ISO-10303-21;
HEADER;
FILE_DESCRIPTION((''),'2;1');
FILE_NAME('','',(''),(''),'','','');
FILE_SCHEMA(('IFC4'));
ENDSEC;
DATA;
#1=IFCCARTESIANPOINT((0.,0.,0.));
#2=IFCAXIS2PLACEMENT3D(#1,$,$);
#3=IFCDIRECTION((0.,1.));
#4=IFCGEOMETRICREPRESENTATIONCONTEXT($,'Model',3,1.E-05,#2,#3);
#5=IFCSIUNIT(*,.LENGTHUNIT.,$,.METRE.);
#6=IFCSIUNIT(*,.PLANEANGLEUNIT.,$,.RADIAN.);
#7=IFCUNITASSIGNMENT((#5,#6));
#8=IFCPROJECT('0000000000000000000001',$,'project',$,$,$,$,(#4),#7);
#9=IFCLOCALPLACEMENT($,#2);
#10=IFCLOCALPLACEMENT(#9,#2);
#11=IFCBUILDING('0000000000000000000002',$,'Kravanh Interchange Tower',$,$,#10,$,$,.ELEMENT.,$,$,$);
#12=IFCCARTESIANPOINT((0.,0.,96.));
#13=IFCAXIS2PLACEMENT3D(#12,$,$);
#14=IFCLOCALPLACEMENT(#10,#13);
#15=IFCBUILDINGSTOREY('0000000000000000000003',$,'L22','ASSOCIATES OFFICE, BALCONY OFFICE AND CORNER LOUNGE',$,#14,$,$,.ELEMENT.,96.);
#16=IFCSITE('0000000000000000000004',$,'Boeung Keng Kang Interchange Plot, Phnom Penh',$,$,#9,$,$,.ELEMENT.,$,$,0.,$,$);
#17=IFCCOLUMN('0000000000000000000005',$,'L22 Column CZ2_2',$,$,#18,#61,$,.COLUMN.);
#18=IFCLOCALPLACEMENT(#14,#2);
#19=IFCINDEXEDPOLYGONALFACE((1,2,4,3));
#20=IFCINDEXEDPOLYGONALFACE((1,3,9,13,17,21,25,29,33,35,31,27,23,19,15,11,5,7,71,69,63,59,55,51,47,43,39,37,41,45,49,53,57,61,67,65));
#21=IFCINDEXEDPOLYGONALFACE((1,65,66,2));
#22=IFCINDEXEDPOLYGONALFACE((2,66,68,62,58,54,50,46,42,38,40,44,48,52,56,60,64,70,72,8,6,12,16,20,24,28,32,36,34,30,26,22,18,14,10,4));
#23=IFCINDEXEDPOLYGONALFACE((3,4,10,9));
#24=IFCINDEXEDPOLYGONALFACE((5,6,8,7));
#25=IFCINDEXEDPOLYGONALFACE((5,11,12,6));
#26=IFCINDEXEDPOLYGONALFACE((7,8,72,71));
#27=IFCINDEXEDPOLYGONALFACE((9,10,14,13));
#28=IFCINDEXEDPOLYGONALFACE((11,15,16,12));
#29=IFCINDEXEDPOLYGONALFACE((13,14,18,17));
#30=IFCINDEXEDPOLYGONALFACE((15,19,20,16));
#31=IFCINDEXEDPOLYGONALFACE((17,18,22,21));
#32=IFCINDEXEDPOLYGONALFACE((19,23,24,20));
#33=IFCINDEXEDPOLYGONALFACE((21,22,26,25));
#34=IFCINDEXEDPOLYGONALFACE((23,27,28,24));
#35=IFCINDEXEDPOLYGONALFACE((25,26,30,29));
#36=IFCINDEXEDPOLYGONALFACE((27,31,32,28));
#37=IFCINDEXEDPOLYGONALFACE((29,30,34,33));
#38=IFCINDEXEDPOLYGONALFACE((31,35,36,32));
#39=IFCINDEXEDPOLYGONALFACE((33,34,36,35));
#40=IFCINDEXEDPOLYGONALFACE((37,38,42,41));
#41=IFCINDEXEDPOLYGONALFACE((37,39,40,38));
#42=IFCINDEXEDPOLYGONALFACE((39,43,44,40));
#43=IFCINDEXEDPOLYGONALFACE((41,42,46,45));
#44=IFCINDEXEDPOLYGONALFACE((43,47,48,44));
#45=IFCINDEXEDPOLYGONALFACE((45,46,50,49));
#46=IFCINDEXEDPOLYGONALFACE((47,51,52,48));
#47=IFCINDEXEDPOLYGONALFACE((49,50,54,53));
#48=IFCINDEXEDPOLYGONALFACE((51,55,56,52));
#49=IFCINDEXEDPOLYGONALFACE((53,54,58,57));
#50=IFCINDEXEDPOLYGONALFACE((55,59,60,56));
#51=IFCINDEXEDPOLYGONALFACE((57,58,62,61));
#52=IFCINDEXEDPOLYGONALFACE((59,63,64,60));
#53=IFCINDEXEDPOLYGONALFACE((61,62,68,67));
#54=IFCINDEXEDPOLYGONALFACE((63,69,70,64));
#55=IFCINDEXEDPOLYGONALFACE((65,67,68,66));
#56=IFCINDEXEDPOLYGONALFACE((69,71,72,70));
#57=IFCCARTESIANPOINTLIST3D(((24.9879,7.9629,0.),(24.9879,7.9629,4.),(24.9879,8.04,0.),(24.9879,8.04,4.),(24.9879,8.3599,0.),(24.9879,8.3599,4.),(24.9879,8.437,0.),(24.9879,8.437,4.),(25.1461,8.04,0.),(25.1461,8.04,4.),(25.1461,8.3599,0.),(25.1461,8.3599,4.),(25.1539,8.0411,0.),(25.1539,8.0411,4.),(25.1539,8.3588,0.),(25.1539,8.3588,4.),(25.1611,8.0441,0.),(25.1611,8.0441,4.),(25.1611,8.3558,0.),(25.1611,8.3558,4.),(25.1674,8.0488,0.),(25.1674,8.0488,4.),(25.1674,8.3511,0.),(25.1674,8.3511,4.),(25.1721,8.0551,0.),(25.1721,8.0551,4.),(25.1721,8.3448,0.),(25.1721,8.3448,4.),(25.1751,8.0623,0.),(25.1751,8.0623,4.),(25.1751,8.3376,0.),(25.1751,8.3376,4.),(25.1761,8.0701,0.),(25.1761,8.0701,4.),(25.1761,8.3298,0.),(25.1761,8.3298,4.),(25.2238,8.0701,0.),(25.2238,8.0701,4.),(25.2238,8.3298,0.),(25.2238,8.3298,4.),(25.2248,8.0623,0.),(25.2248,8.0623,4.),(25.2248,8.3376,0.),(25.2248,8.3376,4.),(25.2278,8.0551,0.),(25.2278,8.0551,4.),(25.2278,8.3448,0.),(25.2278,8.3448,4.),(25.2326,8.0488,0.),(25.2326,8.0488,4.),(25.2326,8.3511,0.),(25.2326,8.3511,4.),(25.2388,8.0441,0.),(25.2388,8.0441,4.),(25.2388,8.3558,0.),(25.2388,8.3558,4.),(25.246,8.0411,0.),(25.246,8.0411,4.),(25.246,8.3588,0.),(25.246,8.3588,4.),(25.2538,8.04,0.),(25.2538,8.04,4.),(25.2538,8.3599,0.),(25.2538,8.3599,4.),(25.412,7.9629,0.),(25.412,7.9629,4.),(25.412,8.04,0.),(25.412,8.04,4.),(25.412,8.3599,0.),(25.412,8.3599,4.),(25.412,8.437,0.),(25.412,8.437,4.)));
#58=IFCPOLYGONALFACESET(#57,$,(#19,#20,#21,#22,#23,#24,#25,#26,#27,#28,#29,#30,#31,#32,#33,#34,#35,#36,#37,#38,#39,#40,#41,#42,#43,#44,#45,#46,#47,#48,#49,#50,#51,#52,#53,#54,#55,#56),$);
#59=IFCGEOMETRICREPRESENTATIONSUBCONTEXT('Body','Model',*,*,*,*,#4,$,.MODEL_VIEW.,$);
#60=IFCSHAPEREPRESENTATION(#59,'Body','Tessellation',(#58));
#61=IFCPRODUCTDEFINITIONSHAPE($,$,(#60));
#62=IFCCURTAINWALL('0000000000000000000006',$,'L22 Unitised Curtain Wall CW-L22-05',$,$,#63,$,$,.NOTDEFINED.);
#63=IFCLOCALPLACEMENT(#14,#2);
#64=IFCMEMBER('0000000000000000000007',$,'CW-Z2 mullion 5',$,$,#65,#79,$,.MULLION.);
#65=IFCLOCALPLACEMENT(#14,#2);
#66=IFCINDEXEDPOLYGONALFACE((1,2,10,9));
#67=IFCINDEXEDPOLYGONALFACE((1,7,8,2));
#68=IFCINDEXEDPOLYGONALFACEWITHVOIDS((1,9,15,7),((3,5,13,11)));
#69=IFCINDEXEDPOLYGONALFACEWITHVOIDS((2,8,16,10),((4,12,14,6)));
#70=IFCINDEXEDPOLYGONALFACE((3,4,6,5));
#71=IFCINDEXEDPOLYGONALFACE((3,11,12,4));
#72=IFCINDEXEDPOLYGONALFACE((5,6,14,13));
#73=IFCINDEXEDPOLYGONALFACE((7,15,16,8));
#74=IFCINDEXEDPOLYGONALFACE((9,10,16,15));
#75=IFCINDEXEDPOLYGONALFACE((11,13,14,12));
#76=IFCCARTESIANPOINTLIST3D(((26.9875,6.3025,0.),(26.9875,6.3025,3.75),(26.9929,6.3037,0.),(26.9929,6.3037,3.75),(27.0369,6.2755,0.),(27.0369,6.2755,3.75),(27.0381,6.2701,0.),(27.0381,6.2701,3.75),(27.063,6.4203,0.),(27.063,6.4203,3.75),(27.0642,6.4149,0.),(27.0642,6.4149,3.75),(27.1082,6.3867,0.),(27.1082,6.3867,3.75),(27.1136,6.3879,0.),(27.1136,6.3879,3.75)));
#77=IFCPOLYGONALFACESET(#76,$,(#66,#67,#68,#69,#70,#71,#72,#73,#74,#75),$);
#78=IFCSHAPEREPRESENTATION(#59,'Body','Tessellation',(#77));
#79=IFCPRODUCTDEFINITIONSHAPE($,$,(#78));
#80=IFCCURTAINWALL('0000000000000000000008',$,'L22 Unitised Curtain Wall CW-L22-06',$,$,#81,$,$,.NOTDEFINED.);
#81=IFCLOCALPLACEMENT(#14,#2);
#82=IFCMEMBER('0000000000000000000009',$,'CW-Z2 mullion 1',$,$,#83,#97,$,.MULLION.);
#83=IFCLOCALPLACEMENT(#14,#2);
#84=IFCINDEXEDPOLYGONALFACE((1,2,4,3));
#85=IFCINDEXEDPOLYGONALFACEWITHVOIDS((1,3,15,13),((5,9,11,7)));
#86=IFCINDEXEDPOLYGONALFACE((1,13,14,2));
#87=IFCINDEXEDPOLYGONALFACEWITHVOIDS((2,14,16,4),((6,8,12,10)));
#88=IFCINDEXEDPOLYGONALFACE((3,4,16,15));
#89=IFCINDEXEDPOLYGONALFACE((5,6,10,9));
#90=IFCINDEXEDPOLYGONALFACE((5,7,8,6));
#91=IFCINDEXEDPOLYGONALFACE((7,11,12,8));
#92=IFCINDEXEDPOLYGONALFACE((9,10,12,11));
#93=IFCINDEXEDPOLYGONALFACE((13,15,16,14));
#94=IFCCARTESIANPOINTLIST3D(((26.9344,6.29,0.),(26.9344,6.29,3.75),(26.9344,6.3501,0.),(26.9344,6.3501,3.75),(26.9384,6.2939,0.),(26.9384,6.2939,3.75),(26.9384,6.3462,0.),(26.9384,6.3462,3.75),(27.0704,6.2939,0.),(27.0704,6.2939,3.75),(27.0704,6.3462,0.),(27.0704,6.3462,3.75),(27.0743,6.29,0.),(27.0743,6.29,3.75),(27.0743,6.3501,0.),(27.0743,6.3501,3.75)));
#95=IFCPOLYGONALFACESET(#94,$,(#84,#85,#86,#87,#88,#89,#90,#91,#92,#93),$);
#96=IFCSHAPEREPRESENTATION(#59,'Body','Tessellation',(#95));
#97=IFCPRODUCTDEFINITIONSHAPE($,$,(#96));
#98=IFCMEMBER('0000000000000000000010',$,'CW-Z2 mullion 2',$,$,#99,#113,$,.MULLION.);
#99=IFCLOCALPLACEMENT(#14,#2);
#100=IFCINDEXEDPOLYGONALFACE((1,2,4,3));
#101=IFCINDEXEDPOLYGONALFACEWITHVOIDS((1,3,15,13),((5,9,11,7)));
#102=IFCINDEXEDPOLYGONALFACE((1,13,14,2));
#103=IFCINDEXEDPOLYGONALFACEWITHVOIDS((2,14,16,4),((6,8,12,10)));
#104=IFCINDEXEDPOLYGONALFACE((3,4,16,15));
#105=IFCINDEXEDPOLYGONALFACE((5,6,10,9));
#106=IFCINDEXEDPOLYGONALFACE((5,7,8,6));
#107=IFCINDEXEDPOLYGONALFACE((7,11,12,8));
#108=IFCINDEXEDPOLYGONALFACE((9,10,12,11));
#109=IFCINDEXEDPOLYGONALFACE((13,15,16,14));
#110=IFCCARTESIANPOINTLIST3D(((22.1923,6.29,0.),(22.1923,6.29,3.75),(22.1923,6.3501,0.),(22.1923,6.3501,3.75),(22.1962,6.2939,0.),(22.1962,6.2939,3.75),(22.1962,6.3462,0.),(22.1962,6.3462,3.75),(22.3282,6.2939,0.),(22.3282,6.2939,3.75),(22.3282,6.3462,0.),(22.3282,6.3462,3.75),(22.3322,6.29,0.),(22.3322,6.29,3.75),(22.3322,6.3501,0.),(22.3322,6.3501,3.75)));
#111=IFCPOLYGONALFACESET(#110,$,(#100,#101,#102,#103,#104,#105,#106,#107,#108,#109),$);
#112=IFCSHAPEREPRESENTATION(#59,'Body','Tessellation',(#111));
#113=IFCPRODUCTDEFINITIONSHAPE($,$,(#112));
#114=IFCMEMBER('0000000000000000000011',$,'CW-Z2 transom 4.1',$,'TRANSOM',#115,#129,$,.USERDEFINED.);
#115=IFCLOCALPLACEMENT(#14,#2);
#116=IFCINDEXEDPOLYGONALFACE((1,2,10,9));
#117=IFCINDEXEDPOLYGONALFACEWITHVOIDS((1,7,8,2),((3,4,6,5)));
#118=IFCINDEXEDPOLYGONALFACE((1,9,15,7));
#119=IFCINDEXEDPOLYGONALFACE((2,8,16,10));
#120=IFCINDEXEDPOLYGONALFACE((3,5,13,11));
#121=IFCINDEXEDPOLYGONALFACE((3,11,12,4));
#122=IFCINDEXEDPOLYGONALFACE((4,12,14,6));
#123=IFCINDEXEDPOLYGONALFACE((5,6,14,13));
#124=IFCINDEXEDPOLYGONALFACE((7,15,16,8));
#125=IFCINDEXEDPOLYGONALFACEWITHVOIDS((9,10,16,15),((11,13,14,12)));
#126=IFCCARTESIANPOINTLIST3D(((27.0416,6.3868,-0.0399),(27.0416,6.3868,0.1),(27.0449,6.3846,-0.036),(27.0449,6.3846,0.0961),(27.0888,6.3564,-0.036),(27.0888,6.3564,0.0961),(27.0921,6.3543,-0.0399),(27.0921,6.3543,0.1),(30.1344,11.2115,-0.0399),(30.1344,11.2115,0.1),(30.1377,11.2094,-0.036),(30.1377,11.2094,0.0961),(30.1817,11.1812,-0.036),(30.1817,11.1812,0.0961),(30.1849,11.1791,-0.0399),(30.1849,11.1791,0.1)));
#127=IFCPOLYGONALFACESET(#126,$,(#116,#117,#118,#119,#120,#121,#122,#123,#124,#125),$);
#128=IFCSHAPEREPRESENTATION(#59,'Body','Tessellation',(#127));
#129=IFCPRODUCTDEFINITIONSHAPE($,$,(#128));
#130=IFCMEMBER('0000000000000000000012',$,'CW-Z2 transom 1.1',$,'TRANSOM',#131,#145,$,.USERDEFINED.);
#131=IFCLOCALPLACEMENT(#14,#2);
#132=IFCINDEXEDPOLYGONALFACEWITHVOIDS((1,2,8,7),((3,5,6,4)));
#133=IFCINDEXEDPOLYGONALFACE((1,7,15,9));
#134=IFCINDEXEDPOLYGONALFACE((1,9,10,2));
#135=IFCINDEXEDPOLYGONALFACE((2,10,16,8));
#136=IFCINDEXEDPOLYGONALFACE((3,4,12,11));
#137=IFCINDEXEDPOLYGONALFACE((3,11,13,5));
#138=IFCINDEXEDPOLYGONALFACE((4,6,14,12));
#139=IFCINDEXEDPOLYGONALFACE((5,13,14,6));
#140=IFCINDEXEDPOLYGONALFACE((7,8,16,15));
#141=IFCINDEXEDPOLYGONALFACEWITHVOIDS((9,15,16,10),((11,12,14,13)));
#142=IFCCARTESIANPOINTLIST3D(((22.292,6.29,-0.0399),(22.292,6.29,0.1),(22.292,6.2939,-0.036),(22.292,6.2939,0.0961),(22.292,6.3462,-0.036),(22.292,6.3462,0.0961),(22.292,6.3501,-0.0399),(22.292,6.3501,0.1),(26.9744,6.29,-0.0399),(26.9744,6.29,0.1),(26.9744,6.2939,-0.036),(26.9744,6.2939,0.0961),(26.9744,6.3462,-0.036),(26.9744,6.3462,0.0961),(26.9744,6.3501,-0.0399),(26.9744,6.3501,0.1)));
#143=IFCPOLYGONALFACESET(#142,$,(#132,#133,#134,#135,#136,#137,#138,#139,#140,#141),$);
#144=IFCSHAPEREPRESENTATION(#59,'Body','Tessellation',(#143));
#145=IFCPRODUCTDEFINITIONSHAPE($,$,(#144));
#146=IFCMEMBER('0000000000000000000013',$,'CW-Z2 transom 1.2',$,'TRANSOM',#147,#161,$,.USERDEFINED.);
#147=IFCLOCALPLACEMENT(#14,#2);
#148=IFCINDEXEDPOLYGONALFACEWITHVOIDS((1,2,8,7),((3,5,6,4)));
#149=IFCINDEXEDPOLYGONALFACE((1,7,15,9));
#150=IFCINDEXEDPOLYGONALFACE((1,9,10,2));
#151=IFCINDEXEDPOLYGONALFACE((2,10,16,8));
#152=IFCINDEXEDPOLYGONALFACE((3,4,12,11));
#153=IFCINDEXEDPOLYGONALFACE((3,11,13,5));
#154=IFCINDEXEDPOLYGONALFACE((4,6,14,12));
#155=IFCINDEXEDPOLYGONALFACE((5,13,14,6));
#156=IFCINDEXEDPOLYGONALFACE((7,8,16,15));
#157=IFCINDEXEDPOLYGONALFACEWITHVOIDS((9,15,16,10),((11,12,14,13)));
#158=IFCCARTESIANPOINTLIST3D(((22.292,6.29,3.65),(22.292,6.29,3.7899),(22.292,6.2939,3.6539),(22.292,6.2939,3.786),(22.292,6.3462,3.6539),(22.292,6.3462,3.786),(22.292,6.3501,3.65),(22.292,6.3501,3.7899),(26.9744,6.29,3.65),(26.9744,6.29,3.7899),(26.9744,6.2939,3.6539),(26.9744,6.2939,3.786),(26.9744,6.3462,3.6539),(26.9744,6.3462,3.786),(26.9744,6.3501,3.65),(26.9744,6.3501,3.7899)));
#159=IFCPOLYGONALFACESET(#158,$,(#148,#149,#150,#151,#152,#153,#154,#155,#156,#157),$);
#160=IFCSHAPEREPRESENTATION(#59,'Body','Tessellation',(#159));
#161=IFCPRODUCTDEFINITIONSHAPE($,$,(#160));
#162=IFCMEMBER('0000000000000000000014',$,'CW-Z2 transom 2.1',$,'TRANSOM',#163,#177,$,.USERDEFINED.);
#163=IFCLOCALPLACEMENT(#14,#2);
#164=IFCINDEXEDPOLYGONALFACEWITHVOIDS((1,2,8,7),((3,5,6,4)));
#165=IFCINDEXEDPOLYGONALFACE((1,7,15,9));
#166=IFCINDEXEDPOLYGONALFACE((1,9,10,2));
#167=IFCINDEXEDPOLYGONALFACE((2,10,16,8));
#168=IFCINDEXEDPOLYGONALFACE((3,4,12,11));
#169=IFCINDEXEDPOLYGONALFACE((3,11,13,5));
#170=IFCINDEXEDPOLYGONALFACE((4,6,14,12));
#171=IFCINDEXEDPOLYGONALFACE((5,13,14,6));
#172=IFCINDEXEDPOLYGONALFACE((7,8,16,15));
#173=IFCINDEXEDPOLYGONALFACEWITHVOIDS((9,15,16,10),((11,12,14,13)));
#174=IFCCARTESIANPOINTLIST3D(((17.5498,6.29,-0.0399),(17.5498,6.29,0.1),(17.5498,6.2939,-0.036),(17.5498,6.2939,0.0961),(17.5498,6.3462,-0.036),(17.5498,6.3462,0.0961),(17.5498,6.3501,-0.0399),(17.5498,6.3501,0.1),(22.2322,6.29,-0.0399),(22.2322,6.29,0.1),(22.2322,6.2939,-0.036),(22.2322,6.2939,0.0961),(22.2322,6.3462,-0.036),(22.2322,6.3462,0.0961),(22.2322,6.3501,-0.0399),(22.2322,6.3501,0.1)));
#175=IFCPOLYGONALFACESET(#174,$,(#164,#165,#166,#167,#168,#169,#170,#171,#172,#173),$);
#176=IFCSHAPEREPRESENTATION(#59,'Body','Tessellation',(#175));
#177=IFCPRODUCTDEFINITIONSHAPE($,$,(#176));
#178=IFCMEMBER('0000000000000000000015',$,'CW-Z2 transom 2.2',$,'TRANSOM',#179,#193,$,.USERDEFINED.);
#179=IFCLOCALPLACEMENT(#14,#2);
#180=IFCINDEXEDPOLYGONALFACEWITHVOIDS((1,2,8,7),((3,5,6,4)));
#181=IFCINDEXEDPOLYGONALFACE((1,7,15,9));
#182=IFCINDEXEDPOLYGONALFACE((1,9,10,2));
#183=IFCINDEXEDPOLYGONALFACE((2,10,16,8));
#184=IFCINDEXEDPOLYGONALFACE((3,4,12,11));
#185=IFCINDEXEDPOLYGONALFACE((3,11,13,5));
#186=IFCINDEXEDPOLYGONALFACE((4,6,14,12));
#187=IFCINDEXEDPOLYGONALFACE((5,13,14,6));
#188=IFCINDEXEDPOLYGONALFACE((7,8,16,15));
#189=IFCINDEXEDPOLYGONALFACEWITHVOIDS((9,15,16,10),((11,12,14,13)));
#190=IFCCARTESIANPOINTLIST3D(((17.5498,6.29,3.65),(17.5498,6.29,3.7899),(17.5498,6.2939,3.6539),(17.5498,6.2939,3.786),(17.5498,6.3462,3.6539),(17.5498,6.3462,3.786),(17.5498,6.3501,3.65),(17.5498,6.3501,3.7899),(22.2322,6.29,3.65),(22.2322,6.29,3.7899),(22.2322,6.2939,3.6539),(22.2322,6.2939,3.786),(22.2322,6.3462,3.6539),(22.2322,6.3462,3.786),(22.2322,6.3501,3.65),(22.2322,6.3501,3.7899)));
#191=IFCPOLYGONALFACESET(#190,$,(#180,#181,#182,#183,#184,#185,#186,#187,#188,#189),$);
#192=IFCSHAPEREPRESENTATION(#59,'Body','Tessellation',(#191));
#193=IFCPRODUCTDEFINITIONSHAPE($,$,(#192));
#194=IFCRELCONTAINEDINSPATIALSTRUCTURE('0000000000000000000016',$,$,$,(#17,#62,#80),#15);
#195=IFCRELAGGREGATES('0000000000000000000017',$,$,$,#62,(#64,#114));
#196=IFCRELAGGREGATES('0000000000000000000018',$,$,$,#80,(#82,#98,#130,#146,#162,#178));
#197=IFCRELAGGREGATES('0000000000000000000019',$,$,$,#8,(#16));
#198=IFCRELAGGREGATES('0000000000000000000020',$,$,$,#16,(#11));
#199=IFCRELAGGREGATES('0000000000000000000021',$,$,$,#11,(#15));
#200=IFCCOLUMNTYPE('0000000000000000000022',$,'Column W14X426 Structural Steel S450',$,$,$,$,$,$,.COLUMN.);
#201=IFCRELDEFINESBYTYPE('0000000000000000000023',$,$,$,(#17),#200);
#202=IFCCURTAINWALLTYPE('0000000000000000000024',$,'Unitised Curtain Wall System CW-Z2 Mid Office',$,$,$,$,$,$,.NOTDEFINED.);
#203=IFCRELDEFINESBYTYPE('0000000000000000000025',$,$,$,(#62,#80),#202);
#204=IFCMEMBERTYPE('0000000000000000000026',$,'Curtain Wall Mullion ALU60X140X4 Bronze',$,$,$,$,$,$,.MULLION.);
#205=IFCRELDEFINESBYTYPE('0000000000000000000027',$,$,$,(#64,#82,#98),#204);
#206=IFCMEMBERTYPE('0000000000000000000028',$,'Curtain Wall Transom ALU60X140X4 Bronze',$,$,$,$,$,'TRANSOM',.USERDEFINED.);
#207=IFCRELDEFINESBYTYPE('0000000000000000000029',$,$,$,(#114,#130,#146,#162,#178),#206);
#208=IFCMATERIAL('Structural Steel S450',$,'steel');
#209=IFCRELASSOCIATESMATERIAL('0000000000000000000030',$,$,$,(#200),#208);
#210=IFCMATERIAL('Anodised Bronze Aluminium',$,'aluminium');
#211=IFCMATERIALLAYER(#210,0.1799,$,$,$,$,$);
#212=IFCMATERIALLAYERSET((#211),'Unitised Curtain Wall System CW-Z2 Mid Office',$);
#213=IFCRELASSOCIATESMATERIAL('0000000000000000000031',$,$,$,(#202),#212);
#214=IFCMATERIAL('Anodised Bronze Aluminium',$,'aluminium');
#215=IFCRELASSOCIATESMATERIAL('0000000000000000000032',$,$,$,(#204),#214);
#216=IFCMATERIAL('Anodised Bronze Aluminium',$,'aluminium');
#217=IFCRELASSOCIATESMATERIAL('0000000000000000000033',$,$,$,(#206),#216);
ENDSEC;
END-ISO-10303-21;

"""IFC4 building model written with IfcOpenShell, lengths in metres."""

from ifc_helpers import new_model, si_unit, direction, frame, origin, origin_2d, place, context, subcontext, project, spatial, hollow_rectangle, i_section, extrude, material, layer, layer_set, material_profile, profile_set, type_object, element, aggregate, save


model = new_model("IFC4")

# Units and contexts
model_context = context("Model", 3, precision=1e-05, world=origin(), true_north=direction((0.0, 1.0)))
body_context = subcontext(model_context, "Body", "Model", "MODEL_VIEW")
ifc_project = project(units=[si_unit("LENGTHUNIT", "METRE"), si_unit("PLANEANGLEUNIT", "RADIAN")], contexts=[model_context])

# Site, building, storey
site_placement = place(None, origin())
site = spatial("IfcSite", under=ifc_project, at=site_placement, Name="Boeung Keng Kang Interchange Plot, Phnom Penh", CompositionType="ELEMENT", RefElevation=0.0)
building_placement = place(site_placement, origin())
building = spatial("IfcBuilding", under=site, at=building_placement, Name="Kravanh Interchange Tower", CompositionType="ELEMENT")
storey_placement = place(building_placement, frame((0.0, 0.0, 96.0)))
storey = spatial("IfcBuildingStorey", under=building, at=storey_placement, Name="L22", Description="ASSOCIATES OFFICE, BALCONY OFFICE AND CORNER LOUNGE", CompositionType="ELEMENT", Elevation=96.0)

# Column
ifc_material_1 = material(Name="Structural Steel S450", Category="steel")
ifc_material_profile_1 = material_profile(ifc_material_1, i_section(OverallWidth=0.4241, OverallDepth=0.4741, WebThickness=0.0476, FlangeThickness=0.0771, FilletRadius=0.03, at=origin_2d()), Name="W14X426")
ifc_profile_set_1 = profile_set([ifc_material_profile_1], Name="Structural Steel S450")
column_type = type_object("IfcColumnType", Name="Column W14X426 Structural Steel S450", PredefinedType="COLUMN", material=ifc_profile_set_1)
column_placement = place(storey_placement, frame((25.2, 8.2, 0.0), z_axis=(0.0, 0.0, 1.0), x_axis=(1.0, 0.0, 0.0)))
element("IfcColumn", 1, at=column_placement, inside=storey, type_object=column_type, Name="L22 Column CZ2_2", PredefinedType="COLUMN", context=body_context, shape_type="SweptSolid", body=[
    extrude(i_section(OverallWidth=0.4241, OverallDepth=0.4741, WebThickness=0.0476, FlangeThickness=0.0771, FilletRadius=0.03, at=origin_2d()), origin(), (0.0, 0.0, 1.0), 4.0),
])

# Curtain wall, member
ifc_material_2 = material(Name="Anodised Bronze Aluminium", Category="aluminium")
ifc_layer_1 = layer(ifc_material_2, 0.1799)
ifc_layer_set_1 = layer_set([ifc_layer_1], Name="Unitised Curtain Wall System CW-Z2 Mid Office")
curtain_wall_type = type_object("IfcCurtainWallType", Name="Unitised Curtain Wall System CW-Z2 Mid Office", PredefinedType="NOTDEFINED", material=ifc_layer_set_1)
curtain_wall_1_placement = place(storey_placement, origin())
curtain_wall_1 = element("IfcCurtainWall", 2, at=curtain_wall_1_placement, inside=storey, type_object=curtain_wall_type, Name="L22 Unitised Curtain Wall CW-L22-05", PredefinedType="NOTDEFINED")
ifc_material_3 = material(Name="Anodised Bronze Aluminium", Category="aluminium")
ifc_material_profile_2 = material_profile(ifc_material_3, hollow_rectangle(XDim=0.0601, YDim=0.1399, WallThickness=0.0039, at=origin_2d()), Name="ALU60X140X4")
ifc_profile_set_2 = profile_set([ifc_material_profile_2], Name="Anodised Bronze Aluminium")
member_type_1 = type_object("IfcMemberType", Name="Curtain Wall Mullion ALU60X140X4 Bronze", PredefinedType="MULLION", material=ifc_profile_set_2)
member_1_placement = place(storey_placement, frame((27.0505, 6.3452, 0.0), z_axis=(0.0, 0.0, 1.0), x_axis=(0.84188, -0.539665, 0.0)))
member_1 = element("IfcMember", 3, at=member_1_placement, type_object=member_type_1, Name="CW-Z2 mullion 5", PredefinedType="MULLION", context=body_context, shape_type="SweptSolid", body=[
    extrude(hollow_rectangle(XDim=0.0601, YDim=0.1399, WallThickness=0.0039, at=origin_2d()), origin(), (0.0, 0.0, 1.0), 3.75),
])

# Curtain wall, members
curtain_wall_2_placement = place(storey_placement, origin())
curtain_wall_2 = element("IfcCurtainWall", 4, at=curtain_wall_2_placement, inside=storey, type_object=curtain_wall_type, Name="L22 Unitised Curtain Wall CW-L22-06", PredefinedType="NOTDEFINED")
member_2_placement = place(storey_placement, frame((27.0044, 6.3201, 0.0), z_axis=(0.0, 0.0, 1.0), x_axis=(0.0, -1.0, 0.0)))
member_2 = element("IfcMember", 5, at=member_2_placement, type_object=member_type_1, Name="CW-Z2 mullion 1", PredefinedType="MULLION", context=body_context, shape_type="SweptSolid", body=[
    extrude(hollow_rectangle(XDim=0.0601, YDim=0.1399, WallThickness=0.0039, at=origin_2d()), origin(), (0.0, 0.0, 1.0), 3.75),
])
member_3_placement = place(storey_placement, frame((22.2622, 6.3201, 0.0), z_axis=(0.0, 0.0, 1.0), x_axis=(0.0, -1.0, 0.0)))
member_3 = element("IfcMember", 6, at=member_3_placement, type_object=member_type_1, Name="CW-Z2 mullion 2", PredefinedType="MULLION", context=body_context, shape_type="SweptSolid", body=[
    extrude(hollow_rectangle(XDim=0.0601, YDim=0.1399, WallThickness=0.0039, at=origin_2d()), origin(), (0.0, 0.0, 1.0), 3.75),
])

# Members
ifc_material_4 = material(Name="Anodised Bronze Aluminium", Category="aluminium")
ifc_material_profile_3 = material_profile(ifc_material_4, hollow_rectangle(XDim=0.0601, YDim=0.1399, WallThickness=0.0039, at=origin_2d()), Name="ALU60X140X4")
ifc_profile_set_3 = profile_set([ifc_material_profile_3], Name="Anodised Bronze Aluminium")
member_type_2 = type_object("IfcMemberType", Name="Curtain Wall Transom ALU60X140X4 Bronze", ElementType="TRANSOM", PredefinedType="USERDEFINED", material=ifc_profile_set_3)
member_4_placement = place(storey_placement, frame((30.1597, 11.1953, 0.03), z_axis=(-0.539668, -0.841878, 0.0), x_axis=(0.841878, -0.539668, 0.0)))
member_4 = element("IfcMember", 7, at=member_4_placement, type_object=member_type_2, Name="CW-Z2 transom 4.1", ObjectType="TRANSOM", PredefinedType="USERDEFINED", context=body_context, shape_type="SweptSolid", body=[
    extrude(hollow_rectangle(XDim=0.0601, YDim=0.1399, WallThickness=0.0039, at=origin_2d()), origin(), (0.0, 0.0, 1.0), 5.731),
])
member_5_placement = place(storey_placement, frame((26.9744, 6.3201, 0.03), z_axis=(-1.0, 0.0, 0.0), x_axis=(0.0, -1.0, 0.0)))
member_5 = element("IfcMember", 8, at=member_5_placement, type_object=member_type_2, Name="CW-Z2 transom 1.1", ObjectType="TRANSOM", PredefinedType="USERDEFINED", context=body_context, shape_type="SweptSolid", body=[
    extrude(hollow_rectangle(XDim=0.0601, YDim=0.1399, WallThickness=0.0039, at=origin_2d()), origin(), (0.0, 0.0, 1.0), 4.6824),
])
member_6_placement = place(storey_placement, frame((26.9744, 6.3201, 3.72), z_axis=(-1.0, 0.0, 0.0), x_axis=(0.0, -1.0, 0.0)))
member_6 = element("IfcMember", 9, at=member_6_placement, type_object=member_type_2, Name="CW-Z2 transom 1.2", ObjectType="TRANSOM", PredefinedType="USERDEFINED", context=body_context, shape_type="SweptSolid", body=[
    extrude(hollow_rectangle(XDim=0.0601, YDim=0.1399, WallThickness=0.0039, at=origin_2d()), origin(), (0.0, 0.0, 1.0), 4.6824),
])
member_7_placement = place(storey_placement, frame((22.2322, 6.3201, 0.03), z_axis=(-1.0, 0.0, 0.0), x_axis=(0.0, -1.0, 0.0)))
member_7 = element("IfcMember", 10, at=member_7_placement, type_object=member_type_2, Name="CW-Z2 transom 2.1", ObjectType="TRANSOM", PredefinedType="USERDEFINED", context=body_context, shape_type="SweptSolid", body=[
    extrude(hollow_rectangle(XDim=0.0601, YDim=0.1399, WallThickness=0.0039, at=origin_2d()), origin(), (0.0, 0.0, 1.0), 4.6824),
])
member_8_placement = place(storey_placement, frame((22.2322, 6.3201, 3.72), z_axis=(-1.0, 0.0, 0.0), x_axis=(0.0, -1.0, 0.0)))
member_8 = element("IfcMember", 11, at=member_8_placement, type_object=member_type_2, Name="CW-Z2 transom 2.2", ObjectType="TRANSOM", PredefinedType="USERDEFINED", context=body_context, shape_type="SweptSolid", body=[
    extrude(hollow_rectangle(XDim=0.0601, YDim=0.1399, WallThickness=0.0039, at=origin_2d()), origin(), (0.0, 0.0, 1.0), 4.6824),
])

aggregate(curtain_wall_1, [member_1, member_4])
aggregate(curtain_wall_2, [member_2, member_3, member_5, member_6, member_7, member_8])

save(model, "model.ifc")
